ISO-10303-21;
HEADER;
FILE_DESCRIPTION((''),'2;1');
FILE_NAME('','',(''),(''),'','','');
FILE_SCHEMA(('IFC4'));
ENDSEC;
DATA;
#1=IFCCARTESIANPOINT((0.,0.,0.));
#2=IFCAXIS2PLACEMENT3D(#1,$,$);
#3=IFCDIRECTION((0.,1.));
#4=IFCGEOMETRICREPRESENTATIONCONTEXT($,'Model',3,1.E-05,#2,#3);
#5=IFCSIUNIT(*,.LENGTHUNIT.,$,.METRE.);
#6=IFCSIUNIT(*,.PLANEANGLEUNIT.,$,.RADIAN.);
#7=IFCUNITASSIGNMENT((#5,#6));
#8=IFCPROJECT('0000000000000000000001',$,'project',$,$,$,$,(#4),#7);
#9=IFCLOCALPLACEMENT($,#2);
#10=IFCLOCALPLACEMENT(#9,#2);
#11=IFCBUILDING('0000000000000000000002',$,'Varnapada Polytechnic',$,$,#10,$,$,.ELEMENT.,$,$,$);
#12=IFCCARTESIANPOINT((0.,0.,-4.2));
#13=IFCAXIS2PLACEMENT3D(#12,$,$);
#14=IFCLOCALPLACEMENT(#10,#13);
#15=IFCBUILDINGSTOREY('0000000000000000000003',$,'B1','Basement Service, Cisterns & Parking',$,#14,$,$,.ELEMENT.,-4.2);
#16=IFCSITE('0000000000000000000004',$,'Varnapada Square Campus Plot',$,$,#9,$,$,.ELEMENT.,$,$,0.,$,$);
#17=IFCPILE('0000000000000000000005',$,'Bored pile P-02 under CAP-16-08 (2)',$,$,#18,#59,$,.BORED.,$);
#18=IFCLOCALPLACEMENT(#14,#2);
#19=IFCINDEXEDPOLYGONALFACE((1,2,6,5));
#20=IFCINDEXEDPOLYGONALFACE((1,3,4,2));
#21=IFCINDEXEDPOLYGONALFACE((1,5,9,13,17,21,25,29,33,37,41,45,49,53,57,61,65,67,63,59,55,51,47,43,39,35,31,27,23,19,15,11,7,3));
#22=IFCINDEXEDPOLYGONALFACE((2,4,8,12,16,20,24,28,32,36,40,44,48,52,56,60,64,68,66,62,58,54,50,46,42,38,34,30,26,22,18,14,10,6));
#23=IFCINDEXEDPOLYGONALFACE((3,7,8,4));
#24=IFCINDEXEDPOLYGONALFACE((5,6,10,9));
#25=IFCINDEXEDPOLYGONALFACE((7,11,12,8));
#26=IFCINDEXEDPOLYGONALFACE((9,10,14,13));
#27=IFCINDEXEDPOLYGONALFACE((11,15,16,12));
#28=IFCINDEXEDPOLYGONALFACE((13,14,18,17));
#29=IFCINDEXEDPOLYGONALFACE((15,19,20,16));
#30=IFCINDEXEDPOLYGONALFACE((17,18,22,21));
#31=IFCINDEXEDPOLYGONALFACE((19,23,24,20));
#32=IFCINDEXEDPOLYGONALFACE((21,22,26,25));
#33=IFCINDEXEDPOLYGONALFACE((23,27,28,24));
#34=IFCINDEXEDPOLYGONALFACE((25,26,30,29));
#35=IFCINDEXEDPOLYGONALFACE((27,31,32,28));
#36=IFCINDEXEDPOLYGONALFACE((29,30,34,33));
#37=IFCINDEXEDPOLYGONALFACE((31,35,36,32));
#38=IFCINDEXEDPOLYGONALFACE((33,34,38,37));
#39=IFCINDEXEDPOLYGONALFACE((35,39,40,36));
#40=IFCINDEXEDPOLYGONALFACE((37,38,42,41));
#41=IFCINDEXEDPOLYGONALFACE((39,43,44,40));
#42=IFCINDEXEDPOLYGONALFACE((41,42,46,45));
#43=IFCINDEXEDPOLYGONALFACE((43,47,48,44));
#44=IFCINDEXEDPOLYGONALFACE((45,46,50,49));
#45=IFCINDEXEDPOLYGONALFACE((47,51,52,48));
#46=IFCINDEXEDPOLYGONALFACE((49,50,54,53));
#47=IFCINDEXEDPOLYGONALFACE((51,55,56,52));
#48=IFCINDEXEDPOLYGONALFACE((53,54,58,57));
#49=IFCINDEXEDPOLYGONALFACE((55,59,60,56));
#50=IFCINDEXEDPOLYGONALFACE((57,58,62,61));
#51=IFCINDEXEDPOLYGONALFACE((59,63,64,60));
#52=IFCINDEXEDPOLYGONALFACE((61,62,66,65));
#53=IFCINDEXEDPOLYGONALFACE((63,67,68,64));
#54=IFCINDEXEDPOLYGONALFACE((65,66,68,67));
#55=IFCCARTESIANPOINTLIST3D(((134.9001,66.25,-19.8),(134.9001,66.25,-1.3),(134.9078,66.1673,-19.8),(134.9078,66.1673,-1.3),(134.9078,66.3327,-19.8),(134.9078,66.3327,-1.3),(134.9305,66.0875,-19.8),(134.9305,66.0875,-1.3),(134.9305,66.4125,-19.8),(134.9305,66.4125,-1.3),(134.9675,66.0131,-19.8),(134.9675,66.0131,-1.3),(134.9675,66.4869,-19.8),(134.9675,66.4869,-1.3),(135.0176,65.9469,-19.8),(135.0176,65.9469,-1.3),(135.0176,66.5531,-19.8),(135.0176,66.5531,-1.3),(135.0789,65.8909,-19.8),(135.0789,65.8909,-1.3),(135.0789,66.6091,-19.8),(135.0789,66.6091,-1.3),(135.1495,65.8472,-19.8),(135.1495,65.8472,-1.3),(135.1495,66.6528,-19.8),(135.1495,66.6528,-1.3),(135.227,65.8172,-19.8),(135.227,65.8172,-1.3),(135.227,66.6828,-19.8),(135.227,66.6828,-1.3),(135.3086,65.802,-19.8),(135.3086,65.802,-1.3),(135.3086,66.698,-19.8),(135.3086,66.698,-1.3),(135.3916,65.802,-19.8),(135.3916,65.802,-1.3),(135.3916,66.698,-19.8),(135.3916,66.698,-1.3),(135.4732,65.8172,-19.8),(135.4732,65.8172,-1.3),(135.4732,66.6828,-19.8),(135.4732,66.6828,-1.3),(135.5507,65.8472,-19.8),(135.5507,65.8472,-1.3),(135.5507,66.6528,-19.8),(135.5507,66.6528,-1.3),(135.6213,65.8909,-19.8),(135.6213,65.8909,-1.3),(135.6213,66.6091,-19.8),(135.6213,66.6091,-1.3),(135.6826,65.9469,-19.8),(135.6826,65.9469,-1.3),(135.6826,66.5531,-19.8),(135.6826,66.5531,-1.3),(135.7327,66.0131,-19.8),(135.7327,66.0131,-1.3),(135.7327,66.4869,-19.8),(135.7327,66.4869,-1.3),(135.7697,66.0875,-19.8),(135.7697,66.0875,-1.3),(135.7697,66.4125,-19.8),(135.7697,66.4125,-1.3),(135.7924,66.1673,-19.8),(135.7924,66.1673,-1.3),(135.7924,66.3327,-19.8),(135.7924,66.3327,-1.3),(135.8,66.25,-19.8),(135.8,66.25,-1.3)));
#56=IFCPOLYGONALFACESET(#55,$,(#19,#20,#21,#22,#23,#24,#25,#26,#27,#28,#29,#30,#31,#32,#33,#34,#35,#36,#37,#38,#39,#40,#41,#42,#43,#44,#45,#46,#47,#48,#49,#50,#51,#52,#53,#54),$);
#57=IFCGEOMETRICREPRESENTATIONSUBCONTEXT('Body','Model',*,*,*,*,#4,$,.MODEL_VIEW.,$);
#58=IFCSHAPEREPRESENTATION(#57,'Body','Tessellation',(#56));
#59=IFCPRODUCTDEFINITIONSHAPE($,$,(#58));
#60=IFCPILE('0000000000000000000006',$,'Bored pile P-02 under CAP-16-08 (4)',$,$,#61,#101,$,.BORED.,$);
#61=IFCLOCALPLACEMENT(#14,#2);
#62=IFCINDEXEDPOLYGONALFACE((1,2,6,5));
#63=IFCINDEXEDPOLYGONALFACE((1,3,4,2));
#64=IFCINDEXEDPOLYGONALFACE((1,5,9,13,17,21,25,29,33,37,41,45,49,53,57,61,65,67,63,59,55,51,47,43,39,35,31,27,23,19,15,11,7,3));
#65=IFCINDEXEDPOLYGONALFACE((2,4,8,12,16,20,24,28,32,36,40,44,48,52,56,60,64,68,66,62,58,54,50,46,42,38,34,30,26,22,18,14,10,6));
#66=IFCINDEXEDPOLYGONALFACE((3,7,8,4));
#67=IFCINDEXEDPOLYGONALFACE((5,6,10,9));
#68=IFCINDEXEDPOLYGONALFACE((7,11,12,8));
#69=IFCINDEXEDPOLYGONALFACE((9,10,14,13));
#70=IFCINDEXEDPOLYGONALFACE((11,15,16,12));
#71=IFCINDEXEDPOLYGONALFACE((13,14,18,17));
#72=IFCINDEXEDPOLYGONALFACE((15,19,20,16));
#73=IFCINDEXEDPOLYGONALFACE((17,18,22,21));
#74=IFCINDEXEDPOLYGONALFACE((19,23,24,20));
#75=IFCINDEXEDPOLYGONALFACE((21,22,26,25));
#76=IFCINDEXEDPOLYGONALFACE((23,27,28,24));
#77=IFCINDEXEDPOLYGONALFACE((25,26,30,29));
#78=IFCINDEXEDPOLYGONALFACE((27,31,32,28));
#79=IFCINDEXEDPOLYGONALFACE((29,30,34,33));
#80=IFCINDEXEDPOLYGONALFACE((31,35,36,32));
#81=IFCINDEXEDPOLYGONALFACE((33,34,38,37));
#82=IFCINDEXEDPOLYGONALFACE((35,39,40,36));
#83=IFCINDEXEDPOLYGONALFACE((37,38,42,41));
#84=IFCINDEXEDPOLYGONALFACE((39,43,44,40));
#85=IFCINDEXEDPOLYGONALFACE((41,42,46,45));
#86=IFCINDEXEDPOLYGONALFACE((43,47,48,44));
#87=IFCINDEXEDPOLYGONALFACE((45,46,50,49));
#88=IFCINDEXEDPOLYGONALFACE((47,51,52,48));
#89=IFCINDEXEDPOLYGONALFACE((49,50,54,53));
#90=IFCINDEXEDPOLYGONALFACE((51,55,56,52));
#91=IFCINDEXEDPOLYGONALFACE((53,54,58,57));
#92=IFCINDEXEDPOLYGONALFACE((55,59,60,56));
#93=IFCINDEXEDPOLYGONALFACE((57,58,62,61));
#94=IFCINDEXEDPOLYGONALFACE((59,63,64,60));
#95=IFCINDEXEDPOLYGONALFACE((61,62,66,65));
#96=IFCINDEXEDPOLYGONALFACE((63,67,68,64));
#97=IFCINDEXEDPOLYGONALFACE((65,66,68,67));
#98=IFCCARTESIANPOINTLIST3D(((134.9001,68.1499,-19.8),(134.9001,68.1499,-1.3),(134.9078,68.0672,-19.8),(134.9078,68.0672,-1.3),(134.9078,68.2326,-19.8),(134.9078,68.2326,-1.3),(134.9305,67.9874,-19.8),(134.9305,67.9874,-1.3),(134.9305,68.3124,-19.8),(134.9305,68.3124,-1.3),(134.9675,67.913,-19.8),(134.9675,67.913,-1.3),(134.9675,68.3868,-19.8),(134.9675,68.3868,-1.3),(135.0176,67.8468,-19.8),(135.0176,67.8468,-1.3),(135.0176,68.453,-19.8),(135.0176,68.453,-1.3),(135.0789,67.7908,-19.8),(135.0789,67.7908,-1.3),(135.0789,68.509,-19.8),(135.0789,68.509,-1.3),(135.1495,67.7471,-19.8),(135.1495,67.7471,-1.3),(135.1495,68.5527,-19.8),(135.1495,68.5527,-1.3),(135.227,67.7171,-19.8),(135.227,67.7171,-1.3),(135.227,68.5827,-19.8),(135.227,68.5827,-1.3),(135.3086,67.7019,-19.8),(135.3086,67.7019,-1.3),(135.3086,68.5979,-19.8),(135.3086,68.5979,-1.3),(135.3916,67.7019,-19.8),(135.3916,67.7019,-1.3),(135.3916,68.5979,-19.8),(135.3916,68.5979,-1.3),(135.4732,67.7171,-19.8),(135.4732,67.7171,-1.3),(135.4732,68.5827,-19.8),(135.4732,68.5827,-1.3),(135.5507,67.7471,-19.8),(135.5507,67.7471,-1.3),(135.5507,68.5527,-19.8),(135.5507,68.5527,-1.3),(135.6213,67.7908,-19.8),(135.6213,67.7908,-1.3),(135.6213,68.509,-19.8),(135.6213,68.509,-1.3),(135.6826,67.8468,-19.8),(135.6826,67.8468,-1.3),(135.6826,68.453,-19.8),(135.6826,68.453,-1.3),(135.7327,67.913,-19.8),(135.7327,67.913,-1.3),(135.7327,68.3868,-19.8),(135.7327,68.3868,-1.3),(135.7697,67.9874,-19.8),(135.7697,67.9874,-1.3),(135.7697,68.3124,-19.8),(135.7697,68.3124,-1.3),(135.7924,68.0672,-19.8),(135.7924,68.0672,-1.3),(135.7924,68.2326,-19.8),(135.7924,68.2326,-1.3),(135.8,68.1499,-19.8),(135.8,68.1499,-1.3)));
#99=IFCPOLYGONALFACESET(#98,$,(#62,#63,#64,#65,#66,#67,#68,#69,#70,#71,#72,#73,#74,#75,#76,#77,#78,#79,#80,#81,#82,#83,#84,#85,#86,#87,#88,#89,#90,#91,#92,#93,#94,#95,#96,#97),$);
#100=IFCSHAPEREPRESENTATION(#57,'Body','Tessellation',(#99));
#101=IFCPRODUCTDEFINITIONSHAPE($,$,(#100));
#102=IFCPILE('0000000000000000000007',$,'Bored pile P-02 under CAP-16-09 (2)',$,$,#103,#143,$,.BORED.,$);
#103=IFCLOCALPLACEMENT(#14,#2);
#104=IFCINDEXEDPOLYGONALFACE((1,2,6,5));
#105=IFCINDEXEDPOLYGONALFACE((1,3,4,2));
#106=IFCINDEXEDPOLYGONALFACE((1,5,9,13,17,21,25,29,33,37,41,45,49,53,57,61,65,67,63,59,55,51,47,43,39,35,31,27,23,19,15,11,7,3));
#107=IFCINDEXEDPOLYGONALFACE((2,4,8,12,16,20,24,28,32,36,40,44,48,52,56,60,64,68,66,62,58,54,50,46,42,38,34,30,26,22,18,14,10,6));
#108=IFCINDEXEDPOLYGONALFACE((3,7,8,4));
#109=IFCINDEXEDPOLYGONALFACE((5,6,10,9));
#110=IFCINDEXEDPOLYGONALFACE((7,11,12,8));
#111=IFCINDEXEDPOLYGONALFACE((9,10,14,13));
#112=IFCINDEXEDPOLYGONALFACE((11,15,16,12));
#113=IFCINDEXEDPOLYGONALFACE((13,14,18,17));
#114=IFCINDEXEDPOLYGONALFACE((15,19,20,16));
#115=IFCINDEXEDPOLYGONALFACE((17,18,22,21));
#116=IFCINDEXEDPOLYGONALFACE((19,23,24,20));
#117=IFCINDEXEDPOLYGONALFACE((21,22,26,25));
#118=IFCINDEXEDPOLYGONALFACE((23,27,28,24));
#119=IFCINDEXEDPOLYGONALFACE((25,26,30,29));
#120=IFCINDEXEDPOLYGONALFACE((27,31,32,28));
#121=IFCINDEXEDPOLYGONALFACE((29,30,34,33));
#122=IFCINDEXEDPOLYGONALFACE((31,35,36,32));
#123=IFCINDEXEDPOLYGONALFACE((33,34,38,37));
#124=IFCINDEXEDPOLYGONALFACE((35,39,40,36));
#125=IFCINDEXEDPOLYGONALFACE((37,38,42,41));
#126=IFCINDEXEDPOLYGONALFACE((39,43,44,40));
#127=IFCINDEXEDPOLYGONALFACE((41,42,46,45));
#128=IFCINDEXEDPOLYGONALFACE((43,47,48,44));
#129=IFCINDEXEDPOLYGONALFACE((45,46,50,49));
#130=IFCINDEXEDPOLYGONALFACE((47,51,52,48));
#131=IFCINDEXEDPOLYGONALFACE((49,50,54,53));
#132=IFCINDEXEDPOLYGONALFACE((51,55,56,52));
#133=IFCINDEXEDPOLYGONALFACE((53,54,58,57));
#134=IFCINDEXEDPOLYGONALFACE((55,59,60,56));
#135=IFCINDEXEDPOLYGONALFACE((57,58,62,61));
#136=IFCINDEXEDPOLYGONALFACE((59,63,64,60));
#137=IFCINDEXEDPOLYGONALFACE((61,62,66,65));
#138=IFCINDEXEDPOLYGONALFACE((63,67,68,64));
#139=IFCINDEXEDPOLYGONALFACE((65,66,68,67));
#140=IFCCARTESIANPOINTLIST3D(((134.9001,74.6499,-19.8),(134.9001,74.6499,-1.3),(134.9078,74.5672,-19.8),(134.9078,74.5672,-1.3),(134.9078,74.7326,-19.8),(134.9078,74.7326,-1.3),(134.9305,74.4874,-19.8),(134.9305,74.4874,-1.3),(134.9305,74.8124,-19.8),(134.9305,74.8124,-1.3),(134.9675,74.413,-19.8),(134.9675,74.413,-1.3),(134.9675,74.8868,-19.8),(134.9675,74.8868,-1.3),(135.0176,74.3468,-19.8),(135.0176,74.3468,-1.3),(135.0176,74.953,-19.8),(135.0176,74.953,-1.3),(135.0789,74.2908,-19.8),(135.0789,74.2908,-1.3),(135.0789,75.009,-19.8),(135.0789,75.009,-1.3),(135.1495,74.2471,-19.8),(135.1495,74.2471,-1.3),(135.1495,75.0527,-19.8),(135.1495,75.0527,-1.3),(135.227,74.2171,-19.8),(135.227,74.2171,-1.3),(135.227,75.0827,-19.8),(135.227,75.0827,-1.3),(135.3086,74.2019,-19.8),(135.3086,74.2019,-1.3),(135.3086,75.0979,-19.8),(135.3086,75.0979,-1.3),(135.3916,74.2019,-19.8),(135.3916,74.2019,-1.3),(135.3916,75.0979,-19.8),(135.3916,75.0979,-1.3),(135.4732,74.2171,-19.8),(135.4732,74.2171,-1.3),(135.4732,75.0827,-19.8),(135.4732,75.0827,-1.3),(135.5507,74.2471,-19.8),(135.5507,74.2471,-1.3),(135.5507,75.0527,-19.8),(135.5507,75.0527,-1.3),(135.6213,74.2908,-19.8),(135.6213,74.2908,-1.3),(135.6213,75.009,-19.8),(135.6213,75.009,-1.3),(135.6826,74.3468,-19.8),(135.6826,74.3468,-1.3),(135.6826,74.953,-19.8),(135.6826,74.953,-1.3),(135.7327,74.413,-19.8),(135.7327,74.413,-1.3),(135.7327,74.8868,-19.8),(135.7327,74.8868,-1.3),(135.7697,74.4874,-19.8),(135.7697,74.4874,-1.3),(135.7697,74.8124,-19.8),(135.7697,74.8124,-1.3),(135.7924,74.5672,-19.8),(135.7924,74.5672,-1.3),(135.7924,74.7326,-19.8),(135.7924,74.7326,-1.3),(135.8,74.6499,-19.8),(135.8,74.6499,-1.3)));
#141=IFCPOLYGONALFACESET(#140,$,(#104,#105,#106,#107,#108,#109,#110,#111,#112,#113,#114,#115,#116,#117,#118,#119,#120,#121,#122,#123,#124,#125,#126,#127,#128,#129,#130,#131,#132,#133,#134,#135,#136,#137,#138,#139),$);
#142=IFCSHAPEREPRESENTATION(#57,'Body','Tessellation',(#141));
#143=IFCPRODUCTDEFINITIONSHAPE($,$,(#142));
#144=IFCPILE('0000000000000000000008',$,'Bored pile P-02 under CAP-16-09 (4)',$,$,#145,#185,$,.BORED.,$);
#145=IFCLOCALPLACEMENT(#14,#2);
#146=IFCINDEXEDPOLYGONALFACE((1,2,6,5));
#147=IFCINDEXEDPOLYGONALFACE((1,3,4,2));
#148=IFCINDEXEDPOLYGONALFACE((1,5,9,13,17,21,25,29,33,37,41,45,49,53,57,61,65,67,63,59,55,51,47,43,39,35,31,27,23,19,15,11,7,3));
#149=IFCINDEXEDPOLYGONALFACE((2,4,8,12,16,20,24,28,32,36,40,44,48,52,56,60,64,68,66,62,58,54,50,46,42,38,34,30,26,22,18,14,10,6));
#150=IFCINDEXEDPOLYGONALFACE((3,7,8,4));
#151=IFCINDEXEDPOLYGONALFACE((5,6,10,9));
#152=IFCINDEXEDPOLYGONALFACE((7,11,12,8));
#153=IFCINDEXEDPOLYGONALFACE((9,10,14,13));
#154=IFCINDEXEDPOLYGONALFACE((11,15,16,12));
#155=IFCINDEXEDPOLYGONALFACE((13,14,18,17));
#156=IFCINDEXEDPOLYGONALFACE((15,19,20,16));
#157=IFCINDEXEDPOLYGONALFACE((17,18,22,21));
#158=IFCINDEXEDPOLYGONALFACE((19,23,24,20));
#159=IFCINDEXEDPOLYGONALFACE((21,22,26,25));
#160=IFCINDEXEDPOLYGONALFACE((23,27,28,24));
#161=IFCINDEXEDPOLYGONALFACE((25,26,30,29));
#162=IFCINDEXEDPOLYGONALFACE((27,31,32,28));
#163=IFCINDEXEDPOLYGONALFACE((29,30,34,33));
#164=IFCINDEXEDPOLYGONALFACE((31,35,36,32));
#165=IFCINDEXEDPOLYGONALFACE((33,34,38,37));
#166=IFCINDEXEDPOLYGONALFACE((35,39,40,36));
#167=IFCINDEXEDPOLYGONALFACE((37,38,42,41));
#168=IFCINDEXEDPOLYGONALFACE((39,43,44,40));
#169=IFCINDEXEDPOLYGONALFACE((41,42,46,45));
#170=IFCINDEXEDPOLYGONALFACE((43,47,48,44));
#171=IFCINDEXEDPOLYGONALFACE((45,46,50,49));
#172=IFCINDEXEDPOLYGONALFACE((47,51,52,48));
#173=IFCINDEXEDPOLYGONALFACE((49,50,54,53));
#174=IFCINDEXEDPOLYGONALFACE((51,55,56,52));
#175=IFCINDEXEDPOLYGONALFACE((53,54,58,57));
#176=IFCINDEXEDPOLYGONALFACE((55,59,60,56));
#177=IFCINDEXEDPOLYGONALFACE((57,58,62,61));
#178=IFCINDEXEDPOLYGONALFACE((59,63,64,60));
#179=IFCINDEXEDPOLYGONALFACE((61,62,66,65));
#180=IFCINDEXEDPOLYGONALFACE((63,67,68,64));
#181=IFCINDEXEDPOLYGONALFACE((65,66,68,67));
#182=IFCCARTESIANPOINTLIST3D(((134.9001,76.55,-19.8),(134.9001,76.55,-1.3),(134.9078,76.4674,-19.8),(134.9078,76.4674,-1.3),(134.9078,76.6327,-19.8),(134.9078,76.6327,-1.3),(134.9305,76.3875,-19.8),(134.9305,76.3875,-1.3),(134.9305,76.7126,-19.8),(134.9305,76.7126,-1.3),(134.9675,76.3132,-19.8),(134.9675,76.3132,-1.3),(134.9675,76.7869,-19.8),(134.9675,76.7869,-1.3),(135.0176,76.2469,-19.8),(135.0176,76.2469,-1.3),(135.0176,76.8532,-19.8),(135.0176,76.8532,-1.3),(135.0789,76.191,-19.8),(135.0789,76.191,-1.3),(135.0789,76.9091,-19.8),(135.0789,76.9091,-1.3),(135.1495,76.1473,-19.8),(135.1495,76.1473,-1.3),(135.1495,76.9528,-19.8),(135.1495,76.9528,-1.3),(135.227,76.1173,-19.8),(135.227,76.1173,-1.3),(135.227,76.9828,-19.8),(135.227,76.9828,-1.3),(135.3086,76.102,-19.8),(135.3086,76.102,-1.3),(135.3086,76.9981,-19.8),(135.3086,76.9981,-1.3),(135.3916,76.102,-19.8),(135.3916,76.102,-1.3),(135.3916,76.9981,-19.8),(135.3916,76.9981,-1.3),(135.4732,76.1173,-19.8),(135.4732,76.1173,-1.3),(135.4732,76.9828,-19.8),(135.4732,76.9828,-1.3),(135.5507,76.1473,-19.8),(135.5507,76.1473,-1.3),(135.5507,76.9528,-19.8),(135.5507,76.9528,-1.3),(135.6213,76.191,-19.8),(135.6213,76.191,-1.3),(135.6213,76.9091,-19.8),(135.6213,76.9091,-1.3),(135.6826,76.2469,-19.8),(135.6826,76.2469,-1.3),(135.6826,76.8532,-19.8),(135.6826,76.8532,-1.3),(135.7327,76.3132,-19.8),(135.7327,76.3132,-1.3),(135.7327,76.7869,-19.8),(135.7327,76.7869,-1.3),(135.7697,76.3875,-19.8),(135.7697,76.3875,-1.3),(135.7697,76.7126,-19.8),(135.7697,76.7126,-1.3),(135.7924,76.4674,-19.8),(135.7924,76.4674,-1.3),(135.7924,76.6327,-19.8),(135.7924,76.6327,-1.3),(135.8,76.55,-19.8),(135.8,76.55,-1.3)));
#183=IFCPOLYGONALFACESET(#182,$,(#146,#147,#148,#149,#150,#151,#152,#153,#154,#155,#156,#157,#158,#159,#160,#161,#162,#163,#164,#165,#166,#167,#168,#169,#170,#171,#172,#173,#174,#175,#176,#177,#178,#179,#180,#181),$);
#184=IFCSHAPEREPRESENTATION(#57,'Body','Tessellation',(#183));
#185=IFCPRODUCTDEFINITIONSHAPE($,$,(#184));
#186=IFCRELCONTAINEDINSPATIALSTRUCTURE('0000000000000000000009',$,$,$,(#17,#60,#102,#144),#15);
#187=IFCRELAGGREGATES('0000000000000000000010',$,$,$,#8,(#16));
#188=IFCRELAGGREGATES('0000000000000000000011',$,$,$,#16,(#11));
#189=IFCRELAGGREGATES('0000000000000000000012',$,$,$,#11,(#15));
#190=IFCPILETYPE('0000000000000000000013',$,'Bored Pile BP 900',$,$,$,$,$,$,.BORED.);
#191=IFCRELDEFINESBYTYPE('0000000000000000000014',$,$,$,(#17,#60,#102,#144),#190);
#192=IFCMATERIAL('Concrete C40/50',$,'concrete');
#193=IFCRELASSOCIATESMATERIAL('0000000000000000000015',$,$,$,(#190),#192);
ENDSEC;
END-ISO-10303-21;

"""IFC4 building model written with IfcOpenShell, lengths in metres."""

from ifc_helpers import new_model, si_unit, direction, frame, origin, origin_2d, place, context, subcontext, project, spatial, circle, extrude, material, material_profile, profile_set, type_object, element, save


model = new_model("IFC4")

# Units and contexts
model_context = context("Model", 3, precision=1e-05, world=origin(), true_north=direction((0.0, 1.0)))
body_context = subcontext(model_context, "Body", "Model", "MODEL_VIEW")
ifc_project = project(units=[si_unit("LENGTHUNIT", "METRE"), si_unit("PLANEANGLEUNIT", "RADIAN")], contexts=[model_context])

# Site, building, storey
site_placement = place(None, origin())
site = spatial("IfcSite", under=ifc_project, at=site_placement, Name="Varnapada Square Campus Plot", CompositionType="ELEMENT", RefElevation=0.0)
building_placement = place(site_placement, origin())
building = spatial("IfcBuilding", under=site, at=building_placement, Name="Varnapada Polytechnic", CompositionType="ELEMENT")
storey_placement = place(building_placement, frame((0.0, 0.0, -4.2)))
storey = spatial("IfcBuildingStorey", under=building, at=storey_placement, Name="B1", Description="Basement Service, Cisterns & Parking", CompositionType="ELEMENT", Elevation=-4.2)

# Piles
ifc_material_1 = material(Name="Concrete C40/50", Category="concrete")
ifc_material_profile_1 = material_profile(ifc_material_1, circle(Radius=0.45, at=origin_2d()), Name="BP 900")
ifc_profile_set_1 = profile_set([ifc_material_profile_1], Name="Concrete C40/50")
pile_type = type_object("IfcPileType", Name="Bored Pile BP 900", PredefinedType="BORED", material=ifc_profile_set_1)
for number, where, z_axis, x_axis, name in (
    (1, (135.3501, 66.25, -1.3), (0.0, 0.0, -1.0), (1.0, 0.0, 0.0), "Bored pile P-02 under CAP-16-08 (2)"),
    (2, (135.3501, 68.1499, -1.3), (0.0, 0.0, -1.0), (1.0, 0.0, 0.0), "Bored pile P-02 under CAP-16-08 (4)"),
    (3, (135.3501, 74.6499, -1.3), (0.0, 0.0, -1.0), (1.0, 0.0, 0.0), "Bored pile P-02 under CAP-16-09 (2)"),
    (4, (135.3501, 76.55, -1.3), (0.0, 0.0, -1.0), (1.0, 0.0, 0.0), "Bored pile P-02 under CAP-16-09 (4)"),
):
    element("IfcPile", number, at=place(storey_placement, frame(where, z_axis=z_axis, x_axis=x_axis)), inside=storey, type_object=pile_type, Name=name, PredefinedType="BORED", context=body_context, shape_type="SweptSolid", body=[
        extrude(circle(Radius=0.45, at=origin_2d()), origin(), (0.0, 0.0, 1.0), 18.5),
    ])

save(model, "model.ifc")
